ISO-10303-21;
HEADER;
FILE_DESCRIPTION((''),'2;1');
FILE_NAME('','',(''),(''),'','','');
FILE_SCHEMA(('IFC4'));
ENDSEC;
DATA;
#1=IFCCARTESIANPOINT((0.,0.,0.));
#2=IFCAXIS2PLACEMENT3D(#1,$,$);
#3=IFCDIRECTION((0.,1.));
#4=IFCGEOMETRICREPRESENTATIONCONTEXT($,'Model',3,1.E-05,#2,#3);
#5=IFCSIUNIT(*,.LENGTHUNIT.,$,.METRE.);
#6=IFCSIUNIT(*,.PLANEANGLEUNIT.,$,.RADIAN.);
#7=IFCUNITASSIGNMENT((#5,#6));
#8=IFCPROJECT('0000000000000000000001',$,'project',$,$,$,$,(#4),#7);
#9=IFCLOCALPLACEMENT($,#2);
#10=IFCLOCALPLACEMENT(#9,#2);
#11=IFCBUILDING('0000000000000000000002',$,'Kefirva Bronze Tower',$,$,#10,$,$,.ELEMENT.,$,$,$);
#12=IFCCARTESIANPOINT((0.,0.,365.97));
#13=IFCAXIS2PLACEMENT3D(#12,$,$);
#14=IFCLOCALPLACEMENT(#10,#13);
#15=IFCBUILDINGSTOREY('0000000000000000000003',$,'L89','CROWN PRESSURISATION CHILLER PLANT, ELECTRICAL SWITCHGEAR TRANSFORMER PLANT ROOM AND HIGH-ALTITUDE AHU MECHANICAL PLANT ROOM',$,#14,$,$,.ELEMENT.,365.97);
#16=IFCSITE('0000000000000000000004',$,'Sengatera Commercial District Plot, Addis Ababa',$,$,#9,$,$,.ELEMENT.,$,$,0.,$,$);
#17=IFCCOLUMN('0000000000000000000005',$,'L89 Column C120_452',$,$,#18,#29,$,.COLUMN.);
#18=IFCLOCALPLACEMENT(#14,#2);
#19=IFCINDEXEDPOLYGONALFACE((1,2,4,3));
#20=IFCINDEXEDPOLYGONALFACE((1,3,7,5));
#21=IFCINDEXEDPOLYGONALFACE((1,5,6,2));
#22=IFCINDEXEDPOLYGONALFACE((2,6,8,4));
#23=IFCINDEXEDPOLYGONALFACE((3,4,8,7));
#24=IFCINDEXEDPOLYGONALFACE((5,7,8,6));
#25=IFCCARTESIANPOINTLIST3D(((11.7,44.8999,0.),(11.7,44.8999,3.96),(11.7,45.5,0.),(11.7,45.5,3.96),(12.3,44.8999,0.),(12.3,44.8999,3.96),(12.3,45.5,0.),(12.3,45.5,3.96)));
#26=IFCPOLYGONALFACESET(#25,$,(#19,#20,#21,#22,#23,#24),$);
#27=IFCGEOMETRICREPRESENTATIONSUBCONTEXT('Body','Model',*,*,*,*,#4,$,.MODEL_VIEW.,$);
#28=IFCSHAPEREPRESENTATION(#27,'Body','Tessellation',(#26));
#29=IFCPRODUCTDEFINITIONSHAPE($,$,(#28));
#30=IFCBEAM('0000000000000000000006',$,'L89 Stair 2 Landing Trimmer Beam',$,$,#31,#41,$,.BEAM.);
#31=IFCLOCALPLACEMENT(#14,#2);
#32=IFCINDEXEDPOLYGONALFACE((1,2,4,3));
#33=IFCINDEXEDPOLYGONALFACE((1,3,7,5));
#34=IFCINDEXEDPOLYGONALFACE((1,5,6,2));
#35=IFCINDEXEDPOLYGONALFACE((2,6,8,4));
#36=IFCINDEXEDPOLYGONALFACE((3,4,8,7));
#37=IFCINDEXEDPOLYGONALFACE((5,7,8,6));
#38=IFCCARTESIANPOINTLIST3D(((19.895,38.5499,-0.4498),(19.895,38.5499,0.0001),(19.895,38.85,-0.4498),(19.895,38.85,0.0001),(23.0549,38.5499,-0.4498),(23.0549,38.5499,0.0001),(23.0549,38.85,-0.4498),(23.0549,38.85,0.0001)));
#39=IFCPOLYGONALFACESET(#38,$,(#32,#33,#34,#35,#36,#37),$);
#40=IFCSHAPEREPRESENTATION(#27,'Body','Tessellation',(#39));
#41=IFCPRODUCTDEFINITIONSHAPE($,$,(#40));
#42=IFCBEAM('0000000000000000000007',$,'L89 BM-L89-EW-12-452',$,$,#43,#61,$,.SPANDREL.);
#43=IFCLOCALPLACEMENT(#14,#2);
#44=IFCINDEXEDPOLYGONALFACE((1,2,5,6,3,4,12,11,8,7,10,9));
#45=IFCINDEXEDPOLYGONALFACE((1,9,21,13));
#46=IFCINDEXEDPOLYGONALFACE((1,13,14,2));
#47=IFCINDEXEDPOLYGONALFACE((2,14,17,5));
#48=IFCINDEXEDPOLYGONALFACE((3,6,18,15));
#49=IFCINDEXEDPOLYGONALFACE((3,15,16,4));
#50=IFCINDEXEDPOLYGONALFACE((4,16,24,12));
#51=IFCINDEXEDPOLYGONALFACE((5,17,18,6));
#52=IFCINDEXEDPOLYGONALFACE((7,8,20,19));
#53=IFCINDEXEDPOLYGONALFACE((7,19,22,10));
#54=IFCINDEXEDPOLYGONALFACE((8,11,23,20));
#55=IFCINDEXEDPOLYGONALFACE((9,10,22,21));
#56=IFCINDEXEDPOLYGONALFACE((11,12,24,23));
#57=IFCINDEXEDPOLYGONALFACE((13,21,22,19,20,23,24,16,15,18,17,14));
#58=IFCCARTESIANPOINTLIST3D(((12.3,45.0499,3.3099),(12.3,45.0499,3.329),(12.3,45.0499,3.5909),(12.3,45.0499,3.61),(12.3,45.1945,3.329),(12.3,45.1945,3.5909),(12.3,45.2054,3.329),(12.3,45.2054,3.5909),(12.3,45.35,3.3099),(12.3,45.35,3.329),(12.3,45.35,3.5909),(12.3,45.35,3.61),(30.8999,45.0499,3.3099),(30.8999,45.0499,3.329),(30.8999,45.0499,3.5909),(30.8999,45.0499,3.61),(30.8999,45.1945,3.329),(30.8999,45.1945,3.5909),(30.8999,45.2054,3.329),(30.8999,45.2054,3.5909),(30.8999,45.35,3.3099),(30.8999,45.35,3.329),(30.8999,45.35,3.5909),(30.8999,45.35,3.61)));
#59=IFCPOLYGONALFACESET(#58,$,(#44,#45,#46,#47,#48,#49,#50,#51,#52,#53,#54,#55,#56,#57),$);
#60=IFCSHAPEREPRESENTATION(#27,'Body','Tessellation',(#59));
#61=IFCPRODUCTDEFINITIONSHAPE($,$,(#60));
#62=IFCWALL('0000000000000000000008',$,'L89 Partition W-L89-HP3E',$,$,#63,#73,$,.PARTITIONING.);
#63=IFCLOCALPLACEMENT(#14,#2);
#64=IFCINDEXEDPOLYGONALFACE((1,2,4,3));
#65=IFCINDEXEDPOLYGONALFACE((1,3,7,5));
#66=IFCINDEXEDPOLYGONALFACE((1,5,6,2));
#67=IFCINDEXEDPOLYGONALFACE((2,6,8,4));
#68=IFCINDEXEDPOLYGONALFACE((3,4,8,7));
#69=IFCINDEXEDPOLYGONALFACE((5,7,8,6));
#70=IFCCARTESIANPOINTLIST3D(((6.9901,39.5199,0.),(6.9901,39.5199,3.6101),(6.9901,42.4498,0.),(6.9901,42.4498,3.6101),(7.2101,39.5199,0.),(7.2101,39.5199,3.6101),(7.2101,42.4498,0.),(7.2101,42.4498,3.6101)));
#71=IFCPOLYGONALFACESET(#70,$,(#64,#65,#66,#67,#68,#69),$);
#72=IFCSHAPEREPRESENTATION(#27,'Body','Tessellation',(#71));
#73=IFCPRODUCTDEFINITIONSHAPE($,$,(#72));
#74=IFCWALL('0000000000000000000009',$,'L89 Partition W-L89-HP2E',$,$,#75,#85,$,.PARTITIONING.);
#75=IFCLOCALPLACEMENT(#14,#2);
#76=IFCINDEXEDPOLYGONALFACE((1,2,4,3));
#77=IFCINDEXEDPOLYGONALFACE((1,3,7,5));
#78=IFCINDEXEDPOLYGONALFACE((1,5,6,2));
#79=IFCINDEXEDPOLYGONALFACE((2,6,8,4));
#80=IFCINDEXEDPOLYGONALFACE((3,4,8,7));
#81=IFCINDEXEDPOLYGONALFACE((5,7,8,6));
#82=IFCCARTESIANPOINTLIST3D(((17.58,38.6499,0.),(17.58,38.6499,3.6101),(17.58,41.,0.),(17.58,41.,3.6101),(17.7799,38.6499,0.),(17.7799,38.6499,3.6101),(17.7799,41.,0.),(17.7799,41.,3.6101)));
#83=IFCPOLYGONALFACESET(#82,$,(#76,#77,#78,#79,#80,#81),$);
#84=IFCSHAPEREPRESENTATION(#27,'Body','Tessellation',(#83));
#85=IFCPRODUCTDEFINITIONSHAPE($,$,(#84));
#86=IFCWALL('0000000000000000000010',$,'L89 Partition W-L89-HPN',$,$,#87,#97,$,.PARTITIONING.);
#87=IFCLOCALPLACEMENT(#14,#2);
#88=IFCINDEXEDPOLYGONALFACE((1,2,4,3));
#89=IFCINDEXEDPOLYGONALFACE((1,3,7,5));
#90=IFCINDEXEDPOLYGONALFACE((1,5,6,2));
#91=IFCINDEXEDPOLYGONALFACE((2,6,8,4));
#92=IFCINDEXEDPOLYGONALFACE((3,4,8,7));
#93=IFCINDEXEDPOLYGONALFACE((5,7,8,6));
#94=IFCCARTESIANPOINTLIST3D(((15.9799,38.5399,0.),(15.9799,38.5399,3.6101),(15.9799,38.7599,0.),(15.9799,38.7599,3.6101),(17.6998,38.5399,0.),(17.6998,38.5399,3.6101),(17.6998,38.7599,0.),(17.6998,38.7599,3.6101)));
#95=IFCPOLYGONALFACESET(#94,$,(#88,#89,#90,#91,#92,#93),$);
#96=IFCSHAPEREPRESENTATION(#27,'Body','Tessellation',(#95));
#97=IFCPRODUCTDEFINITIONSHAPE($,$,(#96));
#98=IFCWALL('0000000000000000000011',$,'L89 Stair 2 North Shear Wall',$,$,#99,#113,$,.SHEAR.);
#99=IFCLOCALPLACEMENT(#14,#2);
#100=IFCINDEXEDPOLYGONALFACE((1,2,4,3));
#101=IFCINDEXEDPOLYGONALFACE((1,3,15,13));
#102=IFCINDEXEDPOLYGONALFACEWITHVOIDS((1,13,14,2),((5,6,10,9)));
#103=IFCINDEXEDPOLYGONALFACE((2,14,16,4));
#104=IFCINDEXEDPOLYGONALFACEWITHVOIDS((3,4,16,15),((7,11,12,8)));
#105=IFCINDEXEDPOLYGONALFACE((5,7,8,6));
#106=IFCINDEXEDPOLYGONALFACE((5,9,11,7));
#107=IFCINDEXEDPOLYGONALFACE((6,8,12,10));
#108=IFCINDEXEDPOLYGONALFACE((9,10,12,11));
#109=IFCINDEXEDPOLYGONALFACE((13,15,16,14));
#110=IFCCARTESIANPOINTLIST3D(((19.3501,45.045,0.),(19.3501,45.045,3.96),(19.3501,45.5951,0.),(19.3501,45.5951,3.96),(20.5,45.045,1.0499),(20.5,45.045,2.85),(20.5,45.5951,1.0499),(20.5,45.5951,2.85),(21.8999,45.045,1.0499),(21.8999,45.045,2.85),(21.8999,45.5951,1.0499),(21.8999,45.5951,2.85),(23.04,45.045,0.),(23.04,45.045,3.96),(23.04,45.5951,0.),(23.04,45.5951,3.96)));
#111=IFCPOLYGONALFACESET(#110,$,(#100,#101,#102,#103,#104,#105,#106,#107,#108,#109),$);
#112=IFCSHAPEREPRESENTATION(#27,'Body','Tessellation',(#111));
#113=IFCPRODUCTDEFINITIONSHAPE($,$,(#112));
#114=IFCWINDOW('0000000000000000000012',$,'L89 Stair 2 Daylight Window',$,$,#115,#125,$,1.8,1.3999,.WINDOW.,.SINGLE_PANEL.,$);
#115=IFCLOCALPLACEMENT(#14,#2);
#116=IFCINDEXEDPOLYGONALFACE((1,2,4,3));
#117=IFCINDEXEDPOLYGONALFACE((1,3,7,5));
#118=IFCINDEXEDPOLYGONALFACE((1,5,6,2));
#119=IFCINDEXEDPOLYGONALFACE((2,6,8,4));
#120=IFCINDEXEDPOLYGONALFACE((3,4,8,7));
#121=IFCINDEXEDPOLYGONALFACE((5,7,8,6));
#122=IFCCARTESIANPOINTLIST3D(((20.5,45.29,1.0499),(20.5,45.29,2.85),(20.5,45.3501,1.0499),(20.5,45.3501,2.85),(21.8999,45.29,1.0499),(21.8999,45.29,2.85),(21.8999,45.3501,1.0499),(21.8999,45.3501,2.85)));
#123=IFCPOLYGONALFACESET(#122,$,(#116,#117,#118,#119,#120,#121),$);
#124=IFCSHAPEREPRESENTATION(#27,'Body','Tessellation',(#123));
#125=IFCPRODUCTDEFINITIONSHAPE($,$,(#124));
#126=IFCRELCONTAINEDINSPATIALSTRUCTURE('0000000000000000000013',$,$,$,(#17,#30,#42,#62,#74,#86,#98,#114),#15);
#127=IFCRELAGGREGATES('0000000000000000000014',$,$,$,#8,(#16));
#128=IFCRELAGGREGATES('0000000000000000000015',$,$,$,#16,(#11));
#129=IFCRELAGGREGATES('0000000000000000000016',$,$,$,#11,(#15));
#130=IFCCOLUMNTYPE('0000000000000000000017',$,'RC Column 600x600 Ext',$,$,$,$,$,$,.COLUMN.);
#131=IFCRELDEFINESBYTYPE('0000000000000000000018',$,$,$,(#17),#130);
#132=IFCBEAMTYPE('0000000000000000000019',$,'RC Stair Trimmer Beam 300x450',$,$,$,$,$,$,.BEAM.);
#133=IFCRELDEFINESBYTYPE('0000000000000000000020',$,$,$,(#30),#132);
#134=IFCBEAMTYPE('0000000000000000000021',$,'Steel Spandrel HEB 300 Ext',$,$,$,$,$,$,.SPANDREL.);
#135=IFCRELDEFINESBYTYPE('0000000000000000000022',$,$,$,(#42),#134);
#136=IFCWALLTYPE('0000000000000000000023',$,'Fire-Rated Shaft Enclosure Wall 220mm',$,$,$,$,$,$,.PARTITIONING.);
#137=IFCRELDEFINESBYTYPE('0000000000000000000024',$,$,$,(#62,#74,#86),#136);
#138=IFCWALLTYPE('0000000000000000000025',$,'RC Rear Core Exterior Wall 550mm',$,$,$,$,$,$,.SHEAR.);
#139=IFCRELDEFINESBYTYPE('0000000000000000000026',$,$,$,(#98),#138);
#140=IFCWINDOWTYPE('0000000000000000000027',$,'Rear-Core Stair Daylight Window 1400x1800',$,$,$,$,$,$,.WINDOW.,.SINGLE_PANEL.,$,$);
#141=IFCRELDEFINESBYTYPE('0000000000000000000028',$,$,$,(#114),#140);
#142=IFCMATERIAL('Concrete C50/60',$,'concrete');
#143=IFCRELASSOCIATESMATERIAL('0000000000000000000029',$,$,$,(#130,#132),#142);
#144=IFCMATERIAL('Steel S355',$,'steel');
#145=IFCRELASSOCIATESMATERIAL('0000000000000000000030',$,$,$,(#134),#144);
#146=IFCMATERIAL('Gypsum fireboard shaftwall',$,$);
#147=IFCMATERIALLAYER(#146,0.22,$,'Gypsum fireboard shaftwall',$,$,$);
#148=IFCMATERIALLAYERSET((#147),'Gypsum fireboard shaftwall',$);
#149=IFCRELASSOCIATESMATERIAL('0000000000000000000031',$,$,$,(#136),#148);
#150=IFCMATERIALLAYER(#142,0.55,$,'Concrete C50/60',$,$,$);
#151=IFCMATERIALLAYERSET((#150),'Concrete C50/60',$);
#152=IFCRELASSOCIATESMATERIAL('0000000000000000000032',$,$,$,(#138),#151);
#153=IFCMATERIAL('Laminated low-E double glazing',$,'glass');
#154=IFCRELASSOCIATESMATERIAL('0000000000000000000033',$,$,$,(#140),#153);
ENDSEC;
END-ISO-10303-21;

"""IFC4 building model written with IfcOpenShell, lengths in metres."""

from ifc_helpers import new_model, si_unit, direction, frame, frame_2d, origin, origin_2d, place, context, subcontext, project, spatial, rectangle, i_section, extrude, material, layer, layer_set, material_profile, profile_set, type_object, element, fill, save


model = new_model("IFC4")

# Units and contexts
model_context = context("Model", 3, precision=1e-05, world=origin(), true_north=direction((0.0, 1.0)))
body_context = subcontext(model_context, "Body", "Model", "MODEL_VIEW")
ifc_project = project(units=[si_unit("LENGTHUNIT", "METRE"), si_unit("PLANEANGLEUNIT", "RADIAN")], contexts=[model_context])

# Site, building, storey
site_placement = place(None, origin())
site = spatial("IfcSite", under=ifc_project, at=site_placement, Name="Sengatera Commercial District Plot, Addis Ababa", CompositionType="ELEMENT", RefElevation=0.0)
building_placement = place(site_placement, origin())
building = spatial("IfcBuilding", under=site, at=building_placement, Name="Kefirva Bronze Tower", CompositionType="ELEMENT")
storey_placement = place(building_placement, frame((0.0, 0.0, 365.97)))
storey = spatial("IfcBuildingStorey", under=building, at=storey_placement, Name="L89", Description="CROWN PRESSURISATION CHILLER PLANT, ELECTRICAL SWITCHGEAR TRANSFORMER PLANT ROOM AND HIGH-ALTITUDE AHU MECHANICAL PLANT ROOM", CompositionType="ELEMENT", Elevation=365.97)

# Column
ifc_material_1 = material(Name="Concrete C50/60", Category="concrete")
ifc_material_profile_1 = material_profile(ifc_material_1, rectangle(XDim=0.6001, YDim=0.6001, at=origin_2d()), Name="RC 600x600")
ifc_profile_set_1 = profile_set([ifc_material_profile_1], Name="Concrete C50/60")
column_type = type_object("IfcColumnType", Name="RC Column 600x600 Ext", PredefinedType="COLUMN", material=ifc_profile_set_1)
column_placement = place(storey_placement, frame((12.0, 45.2, 0.0), z_axis=(0.0, 0.0, 1.0), x_axis=(1.0, 0.0, 0.0)))
element("IfcColumn", 1, at=column_placement, inside=storey, type_object=column_type, Name="L89 Column C120_452", PredefinedType="COLUMN", context=body_context, shape_type="SweptSolid", body=[
    extrude(rectangle(XDim=0.6001, YDim=0.6001, at=origin_2d()), origin(), (0.0, 0.0, 1.0), 3.96),
])

# Beams
ifc_material_profile_2 = material_profile(ifc_material_1, rectangle(XDim=0.3, YDim=0.45, at=origin_2d()), Name="RC 300x450")
ifc_profile_set_2 = profile_set([ifc_material_profile_2], Name="Concrete C50/60")
beam_type_1 = type_object("IfcBeamType", Name="RC Stair Trimmer Beam 300x450", PredefinedType="BEAM", material=ifc_profile_set_2)
beam_1_placement = place(storey_placement, frame((19.895, 38.7, -0.2249), z_axis=(1.0, 0.0, 0.0), x_axis=(0.0, 1.0, 0.0)))
element("IfcBeam", 2, at=beam_1_placement, inside=storey, type_object=beam_type_1, Name="L89 Stair 2 Landing Trimmer Beam", PredefinedType="BEAM", context=body_context, shape_type="SweptSolid", body=[
    extrude(rectangle(XDim=0.3, YDim=0.45, at=origin_2d()), origin(), (0.0, 0.0, 1.0), 3.1599),
])
ifc_material_2 = material(Name="Steel S355", Category="steel")
ifc_material_profile_3 = material_profile(ifc_material_2, i_section(OverallWidth=0.3, OverallDepth=0.3, WebThickness=0.011, FlangeThickness=0.019, at=origin_2d()), Name="HEB 300")
ifc_profile_set_3 = profile_set([ifc_material_profile_3], Name="Steel S355")
beam_type_2 = type_object("IfcBeamType", Name="Steel Spandrel HEB 300 Ext", PredefinedType="SPANDREL", material=ifc_profile_set_3)
beam_2_placement = place(storey_placement, frame((12.3, 45.2, 3.46), z_axis=(1.0, 0.0, 0.0), x_axis=(0.0, 1.0, 0.0)))
element("IfcBeam", 3, at=beam_2_placement, inside=storey, type_object=beam_type_2, Name="L89 BM-L89-EW-12-452", PredefinedType="SPANDREL", context=body_context, shape_type="SweptSolid", body=[
    extrude(i_section(OverallWidth=0.3, OverallDepth=0.3, WebThickness=0.011, FlangeThickness=0.019, at=origin_2d()), origin(), (0.0, 0.0, 1.0), 18.5999),
])

# Walls
ifc_material_3 = material(Name="Gypsum fireboard shaftwall")
ifc_layer_1 = layer(ifc_material_3, 0.22, Name="Gypsum fireboard shaftwall")
ifc_layer_set_1 = layer_set([ifc_layer_1], Name="Gypsum fireboard shaftwall")
wall_type_1 = type_object("IfcWallType", Name="Fire-Rated Shaft Enclosure Wall 220mm", PredefinedType="PARTITIONING", material=ifc_layer_set_1)
wall_1_placement = place(storey_placement, frame((7.1001, 39.52, 0.0), z_axis=(0.0, 0.0, 1.0), x_axis=(0.0, 1.0, 0.0)))
element("IfcWall", 4, at=wall_1_placement, inside=storey, type_object=wall_type_1, Name="L89 Partition W-L89-HP3E", PredefinedType="PARTITIONING", context=body_context, shape_type="SweptSolid", body=[
    extrude(rectangle(XDim=2.9299, YDim=0.22, at=frame_2d((1.4648, 0.0))), origin(), (0.0, 0.0, 1.0), 3.6101),
])
wall_2_placement = place(storey_placement, frame((17.6799, 38.6499, 0.0), z_axis=(0.0, 0.0, 1.0), x_axis=(0.0, 1.0, 0.0)))
element("IfcWall", 5, at=wall_2_placement, inside=storey, type_object=wall_type_1, Name="L89 Partition W-L89-HP2E", PredefinedType="PARTITIONING", context=body_context, shape_type="SweptSolid", body=[
    extrude(rectangle(XDim=2.3501, YDim=0.2, at=frame_2d((1.175, 0.0))), origin(), (0.0, 0.0, 1.0), 3.6101),
])
wall_3_placement = place(storey_placement, frame((15.98, 38.6499, 0.0), z_axis=(0.0, 0.0, 1.0), x_axis=(1.0, 0.0, 0.0)))
element("IfcWall", 6, at=wall_3_placement, inside=storey, type_object=wall_type_1, Name="L89 Partition W-L89-HPN", PredefinedType="PARTITIONING", context=body_context, shape_type="SweptSolid", body=[
    extrude(rectangle(XDim=1.72, YDim=0.22, at=frame_2d((0.8599, 0.0))), origin(), (0.0, 0.0, 1.0), 3.6101),
])

# Wall, opening, window
ifc_layer_2 = layer(ifc_material_1, 0.55, Name="Concrete C50/60")
ifc_layer_set_2 = layer_set([ifc_layer_2], Name="Concrete C50/60")
wall_type_2 = type_object("IfcWallType", Name="RC Rear Core Exterior Wall 550mm", PredefinedType="SHEAR", material=ifc_layer_set_2)
wall_4_placement = place(storey_placement, frame((19.3501, 45.3201, 0.0), z_axis=(0.0, 0.0, 1.0), x_axis=(1.0, 0.0, 0.0)))
wall_4 = element("IfcWall", 7, at=wall_4_placement, inside=storey, type_object=wall_type_2, Name="L89 Stair 2 North Shear Wall", PredefinedType="SHEAR", context=body_context, shape_type="SweptSolid", body=[
    extrude(rectangle(XDim=3.6899, YDim=0.55, at=frame_2d((1.845, 0.0))), origin(), (0.0, 0.0, 1.0), 3.96),
])
opening_1_placement = place(wall_4_placement, frame((1.1499, 0.0, 1.05)))
opening_1 = element("IfcOpeningElement", 8, at=opening_1_placement, cuts=wall_4, PredefinedType="OPENING", context=body_context, shape_type="SweptSolid", body=[
    extrude(rectangle(XDim=1.3999, YDim=1.8, at=frame_2d((0.7, 0.8999))), frame((0.0, 0.2852, 0.0), z_axis=(0.0, -1.0, 0.0), x_axis=(1.0, 0.0, 0.0)), (0.0, 0.0, 1.0), 0.5701),
])
ifc_material_4 = material(Name="Laminated low-E double glazing", Category="glass")
window_type = type_object("IfcWindowType", Name="Rear-Core Stair Daylight Window 1400x1800", PartitioningType="SINGLE_PANEL", PredefinedType="WINDOW", material=ifc_material_4)
window_placement = place(opening_1_placement, origin())
window = element("IfcWindow", 9, at=window_placement, inside=storey, type_object=window_type, Name="L89 Stair 2 Daylight Window", OverallHeight=1.8, OverallWidth=1.3999, PartitioningType="SINGLE_PANEL", PredefinedType="WINDOW", context=body_context, shape_type="SweptSolid", body=[
    extrude(rectangle(XDim=1.3999, YDim=1.8, at=frame_2d((0.7, 0.8999))), frame((0.0, 0.03, 0.0), z_axis=(0.0, -1.0, 0.0), x_axis=(1.0, 0.0, 0.0)), (0.0, 0.0, 1.0), 0.0601),
])
fill(opening_1, window)

save(model, "model.ifc")
